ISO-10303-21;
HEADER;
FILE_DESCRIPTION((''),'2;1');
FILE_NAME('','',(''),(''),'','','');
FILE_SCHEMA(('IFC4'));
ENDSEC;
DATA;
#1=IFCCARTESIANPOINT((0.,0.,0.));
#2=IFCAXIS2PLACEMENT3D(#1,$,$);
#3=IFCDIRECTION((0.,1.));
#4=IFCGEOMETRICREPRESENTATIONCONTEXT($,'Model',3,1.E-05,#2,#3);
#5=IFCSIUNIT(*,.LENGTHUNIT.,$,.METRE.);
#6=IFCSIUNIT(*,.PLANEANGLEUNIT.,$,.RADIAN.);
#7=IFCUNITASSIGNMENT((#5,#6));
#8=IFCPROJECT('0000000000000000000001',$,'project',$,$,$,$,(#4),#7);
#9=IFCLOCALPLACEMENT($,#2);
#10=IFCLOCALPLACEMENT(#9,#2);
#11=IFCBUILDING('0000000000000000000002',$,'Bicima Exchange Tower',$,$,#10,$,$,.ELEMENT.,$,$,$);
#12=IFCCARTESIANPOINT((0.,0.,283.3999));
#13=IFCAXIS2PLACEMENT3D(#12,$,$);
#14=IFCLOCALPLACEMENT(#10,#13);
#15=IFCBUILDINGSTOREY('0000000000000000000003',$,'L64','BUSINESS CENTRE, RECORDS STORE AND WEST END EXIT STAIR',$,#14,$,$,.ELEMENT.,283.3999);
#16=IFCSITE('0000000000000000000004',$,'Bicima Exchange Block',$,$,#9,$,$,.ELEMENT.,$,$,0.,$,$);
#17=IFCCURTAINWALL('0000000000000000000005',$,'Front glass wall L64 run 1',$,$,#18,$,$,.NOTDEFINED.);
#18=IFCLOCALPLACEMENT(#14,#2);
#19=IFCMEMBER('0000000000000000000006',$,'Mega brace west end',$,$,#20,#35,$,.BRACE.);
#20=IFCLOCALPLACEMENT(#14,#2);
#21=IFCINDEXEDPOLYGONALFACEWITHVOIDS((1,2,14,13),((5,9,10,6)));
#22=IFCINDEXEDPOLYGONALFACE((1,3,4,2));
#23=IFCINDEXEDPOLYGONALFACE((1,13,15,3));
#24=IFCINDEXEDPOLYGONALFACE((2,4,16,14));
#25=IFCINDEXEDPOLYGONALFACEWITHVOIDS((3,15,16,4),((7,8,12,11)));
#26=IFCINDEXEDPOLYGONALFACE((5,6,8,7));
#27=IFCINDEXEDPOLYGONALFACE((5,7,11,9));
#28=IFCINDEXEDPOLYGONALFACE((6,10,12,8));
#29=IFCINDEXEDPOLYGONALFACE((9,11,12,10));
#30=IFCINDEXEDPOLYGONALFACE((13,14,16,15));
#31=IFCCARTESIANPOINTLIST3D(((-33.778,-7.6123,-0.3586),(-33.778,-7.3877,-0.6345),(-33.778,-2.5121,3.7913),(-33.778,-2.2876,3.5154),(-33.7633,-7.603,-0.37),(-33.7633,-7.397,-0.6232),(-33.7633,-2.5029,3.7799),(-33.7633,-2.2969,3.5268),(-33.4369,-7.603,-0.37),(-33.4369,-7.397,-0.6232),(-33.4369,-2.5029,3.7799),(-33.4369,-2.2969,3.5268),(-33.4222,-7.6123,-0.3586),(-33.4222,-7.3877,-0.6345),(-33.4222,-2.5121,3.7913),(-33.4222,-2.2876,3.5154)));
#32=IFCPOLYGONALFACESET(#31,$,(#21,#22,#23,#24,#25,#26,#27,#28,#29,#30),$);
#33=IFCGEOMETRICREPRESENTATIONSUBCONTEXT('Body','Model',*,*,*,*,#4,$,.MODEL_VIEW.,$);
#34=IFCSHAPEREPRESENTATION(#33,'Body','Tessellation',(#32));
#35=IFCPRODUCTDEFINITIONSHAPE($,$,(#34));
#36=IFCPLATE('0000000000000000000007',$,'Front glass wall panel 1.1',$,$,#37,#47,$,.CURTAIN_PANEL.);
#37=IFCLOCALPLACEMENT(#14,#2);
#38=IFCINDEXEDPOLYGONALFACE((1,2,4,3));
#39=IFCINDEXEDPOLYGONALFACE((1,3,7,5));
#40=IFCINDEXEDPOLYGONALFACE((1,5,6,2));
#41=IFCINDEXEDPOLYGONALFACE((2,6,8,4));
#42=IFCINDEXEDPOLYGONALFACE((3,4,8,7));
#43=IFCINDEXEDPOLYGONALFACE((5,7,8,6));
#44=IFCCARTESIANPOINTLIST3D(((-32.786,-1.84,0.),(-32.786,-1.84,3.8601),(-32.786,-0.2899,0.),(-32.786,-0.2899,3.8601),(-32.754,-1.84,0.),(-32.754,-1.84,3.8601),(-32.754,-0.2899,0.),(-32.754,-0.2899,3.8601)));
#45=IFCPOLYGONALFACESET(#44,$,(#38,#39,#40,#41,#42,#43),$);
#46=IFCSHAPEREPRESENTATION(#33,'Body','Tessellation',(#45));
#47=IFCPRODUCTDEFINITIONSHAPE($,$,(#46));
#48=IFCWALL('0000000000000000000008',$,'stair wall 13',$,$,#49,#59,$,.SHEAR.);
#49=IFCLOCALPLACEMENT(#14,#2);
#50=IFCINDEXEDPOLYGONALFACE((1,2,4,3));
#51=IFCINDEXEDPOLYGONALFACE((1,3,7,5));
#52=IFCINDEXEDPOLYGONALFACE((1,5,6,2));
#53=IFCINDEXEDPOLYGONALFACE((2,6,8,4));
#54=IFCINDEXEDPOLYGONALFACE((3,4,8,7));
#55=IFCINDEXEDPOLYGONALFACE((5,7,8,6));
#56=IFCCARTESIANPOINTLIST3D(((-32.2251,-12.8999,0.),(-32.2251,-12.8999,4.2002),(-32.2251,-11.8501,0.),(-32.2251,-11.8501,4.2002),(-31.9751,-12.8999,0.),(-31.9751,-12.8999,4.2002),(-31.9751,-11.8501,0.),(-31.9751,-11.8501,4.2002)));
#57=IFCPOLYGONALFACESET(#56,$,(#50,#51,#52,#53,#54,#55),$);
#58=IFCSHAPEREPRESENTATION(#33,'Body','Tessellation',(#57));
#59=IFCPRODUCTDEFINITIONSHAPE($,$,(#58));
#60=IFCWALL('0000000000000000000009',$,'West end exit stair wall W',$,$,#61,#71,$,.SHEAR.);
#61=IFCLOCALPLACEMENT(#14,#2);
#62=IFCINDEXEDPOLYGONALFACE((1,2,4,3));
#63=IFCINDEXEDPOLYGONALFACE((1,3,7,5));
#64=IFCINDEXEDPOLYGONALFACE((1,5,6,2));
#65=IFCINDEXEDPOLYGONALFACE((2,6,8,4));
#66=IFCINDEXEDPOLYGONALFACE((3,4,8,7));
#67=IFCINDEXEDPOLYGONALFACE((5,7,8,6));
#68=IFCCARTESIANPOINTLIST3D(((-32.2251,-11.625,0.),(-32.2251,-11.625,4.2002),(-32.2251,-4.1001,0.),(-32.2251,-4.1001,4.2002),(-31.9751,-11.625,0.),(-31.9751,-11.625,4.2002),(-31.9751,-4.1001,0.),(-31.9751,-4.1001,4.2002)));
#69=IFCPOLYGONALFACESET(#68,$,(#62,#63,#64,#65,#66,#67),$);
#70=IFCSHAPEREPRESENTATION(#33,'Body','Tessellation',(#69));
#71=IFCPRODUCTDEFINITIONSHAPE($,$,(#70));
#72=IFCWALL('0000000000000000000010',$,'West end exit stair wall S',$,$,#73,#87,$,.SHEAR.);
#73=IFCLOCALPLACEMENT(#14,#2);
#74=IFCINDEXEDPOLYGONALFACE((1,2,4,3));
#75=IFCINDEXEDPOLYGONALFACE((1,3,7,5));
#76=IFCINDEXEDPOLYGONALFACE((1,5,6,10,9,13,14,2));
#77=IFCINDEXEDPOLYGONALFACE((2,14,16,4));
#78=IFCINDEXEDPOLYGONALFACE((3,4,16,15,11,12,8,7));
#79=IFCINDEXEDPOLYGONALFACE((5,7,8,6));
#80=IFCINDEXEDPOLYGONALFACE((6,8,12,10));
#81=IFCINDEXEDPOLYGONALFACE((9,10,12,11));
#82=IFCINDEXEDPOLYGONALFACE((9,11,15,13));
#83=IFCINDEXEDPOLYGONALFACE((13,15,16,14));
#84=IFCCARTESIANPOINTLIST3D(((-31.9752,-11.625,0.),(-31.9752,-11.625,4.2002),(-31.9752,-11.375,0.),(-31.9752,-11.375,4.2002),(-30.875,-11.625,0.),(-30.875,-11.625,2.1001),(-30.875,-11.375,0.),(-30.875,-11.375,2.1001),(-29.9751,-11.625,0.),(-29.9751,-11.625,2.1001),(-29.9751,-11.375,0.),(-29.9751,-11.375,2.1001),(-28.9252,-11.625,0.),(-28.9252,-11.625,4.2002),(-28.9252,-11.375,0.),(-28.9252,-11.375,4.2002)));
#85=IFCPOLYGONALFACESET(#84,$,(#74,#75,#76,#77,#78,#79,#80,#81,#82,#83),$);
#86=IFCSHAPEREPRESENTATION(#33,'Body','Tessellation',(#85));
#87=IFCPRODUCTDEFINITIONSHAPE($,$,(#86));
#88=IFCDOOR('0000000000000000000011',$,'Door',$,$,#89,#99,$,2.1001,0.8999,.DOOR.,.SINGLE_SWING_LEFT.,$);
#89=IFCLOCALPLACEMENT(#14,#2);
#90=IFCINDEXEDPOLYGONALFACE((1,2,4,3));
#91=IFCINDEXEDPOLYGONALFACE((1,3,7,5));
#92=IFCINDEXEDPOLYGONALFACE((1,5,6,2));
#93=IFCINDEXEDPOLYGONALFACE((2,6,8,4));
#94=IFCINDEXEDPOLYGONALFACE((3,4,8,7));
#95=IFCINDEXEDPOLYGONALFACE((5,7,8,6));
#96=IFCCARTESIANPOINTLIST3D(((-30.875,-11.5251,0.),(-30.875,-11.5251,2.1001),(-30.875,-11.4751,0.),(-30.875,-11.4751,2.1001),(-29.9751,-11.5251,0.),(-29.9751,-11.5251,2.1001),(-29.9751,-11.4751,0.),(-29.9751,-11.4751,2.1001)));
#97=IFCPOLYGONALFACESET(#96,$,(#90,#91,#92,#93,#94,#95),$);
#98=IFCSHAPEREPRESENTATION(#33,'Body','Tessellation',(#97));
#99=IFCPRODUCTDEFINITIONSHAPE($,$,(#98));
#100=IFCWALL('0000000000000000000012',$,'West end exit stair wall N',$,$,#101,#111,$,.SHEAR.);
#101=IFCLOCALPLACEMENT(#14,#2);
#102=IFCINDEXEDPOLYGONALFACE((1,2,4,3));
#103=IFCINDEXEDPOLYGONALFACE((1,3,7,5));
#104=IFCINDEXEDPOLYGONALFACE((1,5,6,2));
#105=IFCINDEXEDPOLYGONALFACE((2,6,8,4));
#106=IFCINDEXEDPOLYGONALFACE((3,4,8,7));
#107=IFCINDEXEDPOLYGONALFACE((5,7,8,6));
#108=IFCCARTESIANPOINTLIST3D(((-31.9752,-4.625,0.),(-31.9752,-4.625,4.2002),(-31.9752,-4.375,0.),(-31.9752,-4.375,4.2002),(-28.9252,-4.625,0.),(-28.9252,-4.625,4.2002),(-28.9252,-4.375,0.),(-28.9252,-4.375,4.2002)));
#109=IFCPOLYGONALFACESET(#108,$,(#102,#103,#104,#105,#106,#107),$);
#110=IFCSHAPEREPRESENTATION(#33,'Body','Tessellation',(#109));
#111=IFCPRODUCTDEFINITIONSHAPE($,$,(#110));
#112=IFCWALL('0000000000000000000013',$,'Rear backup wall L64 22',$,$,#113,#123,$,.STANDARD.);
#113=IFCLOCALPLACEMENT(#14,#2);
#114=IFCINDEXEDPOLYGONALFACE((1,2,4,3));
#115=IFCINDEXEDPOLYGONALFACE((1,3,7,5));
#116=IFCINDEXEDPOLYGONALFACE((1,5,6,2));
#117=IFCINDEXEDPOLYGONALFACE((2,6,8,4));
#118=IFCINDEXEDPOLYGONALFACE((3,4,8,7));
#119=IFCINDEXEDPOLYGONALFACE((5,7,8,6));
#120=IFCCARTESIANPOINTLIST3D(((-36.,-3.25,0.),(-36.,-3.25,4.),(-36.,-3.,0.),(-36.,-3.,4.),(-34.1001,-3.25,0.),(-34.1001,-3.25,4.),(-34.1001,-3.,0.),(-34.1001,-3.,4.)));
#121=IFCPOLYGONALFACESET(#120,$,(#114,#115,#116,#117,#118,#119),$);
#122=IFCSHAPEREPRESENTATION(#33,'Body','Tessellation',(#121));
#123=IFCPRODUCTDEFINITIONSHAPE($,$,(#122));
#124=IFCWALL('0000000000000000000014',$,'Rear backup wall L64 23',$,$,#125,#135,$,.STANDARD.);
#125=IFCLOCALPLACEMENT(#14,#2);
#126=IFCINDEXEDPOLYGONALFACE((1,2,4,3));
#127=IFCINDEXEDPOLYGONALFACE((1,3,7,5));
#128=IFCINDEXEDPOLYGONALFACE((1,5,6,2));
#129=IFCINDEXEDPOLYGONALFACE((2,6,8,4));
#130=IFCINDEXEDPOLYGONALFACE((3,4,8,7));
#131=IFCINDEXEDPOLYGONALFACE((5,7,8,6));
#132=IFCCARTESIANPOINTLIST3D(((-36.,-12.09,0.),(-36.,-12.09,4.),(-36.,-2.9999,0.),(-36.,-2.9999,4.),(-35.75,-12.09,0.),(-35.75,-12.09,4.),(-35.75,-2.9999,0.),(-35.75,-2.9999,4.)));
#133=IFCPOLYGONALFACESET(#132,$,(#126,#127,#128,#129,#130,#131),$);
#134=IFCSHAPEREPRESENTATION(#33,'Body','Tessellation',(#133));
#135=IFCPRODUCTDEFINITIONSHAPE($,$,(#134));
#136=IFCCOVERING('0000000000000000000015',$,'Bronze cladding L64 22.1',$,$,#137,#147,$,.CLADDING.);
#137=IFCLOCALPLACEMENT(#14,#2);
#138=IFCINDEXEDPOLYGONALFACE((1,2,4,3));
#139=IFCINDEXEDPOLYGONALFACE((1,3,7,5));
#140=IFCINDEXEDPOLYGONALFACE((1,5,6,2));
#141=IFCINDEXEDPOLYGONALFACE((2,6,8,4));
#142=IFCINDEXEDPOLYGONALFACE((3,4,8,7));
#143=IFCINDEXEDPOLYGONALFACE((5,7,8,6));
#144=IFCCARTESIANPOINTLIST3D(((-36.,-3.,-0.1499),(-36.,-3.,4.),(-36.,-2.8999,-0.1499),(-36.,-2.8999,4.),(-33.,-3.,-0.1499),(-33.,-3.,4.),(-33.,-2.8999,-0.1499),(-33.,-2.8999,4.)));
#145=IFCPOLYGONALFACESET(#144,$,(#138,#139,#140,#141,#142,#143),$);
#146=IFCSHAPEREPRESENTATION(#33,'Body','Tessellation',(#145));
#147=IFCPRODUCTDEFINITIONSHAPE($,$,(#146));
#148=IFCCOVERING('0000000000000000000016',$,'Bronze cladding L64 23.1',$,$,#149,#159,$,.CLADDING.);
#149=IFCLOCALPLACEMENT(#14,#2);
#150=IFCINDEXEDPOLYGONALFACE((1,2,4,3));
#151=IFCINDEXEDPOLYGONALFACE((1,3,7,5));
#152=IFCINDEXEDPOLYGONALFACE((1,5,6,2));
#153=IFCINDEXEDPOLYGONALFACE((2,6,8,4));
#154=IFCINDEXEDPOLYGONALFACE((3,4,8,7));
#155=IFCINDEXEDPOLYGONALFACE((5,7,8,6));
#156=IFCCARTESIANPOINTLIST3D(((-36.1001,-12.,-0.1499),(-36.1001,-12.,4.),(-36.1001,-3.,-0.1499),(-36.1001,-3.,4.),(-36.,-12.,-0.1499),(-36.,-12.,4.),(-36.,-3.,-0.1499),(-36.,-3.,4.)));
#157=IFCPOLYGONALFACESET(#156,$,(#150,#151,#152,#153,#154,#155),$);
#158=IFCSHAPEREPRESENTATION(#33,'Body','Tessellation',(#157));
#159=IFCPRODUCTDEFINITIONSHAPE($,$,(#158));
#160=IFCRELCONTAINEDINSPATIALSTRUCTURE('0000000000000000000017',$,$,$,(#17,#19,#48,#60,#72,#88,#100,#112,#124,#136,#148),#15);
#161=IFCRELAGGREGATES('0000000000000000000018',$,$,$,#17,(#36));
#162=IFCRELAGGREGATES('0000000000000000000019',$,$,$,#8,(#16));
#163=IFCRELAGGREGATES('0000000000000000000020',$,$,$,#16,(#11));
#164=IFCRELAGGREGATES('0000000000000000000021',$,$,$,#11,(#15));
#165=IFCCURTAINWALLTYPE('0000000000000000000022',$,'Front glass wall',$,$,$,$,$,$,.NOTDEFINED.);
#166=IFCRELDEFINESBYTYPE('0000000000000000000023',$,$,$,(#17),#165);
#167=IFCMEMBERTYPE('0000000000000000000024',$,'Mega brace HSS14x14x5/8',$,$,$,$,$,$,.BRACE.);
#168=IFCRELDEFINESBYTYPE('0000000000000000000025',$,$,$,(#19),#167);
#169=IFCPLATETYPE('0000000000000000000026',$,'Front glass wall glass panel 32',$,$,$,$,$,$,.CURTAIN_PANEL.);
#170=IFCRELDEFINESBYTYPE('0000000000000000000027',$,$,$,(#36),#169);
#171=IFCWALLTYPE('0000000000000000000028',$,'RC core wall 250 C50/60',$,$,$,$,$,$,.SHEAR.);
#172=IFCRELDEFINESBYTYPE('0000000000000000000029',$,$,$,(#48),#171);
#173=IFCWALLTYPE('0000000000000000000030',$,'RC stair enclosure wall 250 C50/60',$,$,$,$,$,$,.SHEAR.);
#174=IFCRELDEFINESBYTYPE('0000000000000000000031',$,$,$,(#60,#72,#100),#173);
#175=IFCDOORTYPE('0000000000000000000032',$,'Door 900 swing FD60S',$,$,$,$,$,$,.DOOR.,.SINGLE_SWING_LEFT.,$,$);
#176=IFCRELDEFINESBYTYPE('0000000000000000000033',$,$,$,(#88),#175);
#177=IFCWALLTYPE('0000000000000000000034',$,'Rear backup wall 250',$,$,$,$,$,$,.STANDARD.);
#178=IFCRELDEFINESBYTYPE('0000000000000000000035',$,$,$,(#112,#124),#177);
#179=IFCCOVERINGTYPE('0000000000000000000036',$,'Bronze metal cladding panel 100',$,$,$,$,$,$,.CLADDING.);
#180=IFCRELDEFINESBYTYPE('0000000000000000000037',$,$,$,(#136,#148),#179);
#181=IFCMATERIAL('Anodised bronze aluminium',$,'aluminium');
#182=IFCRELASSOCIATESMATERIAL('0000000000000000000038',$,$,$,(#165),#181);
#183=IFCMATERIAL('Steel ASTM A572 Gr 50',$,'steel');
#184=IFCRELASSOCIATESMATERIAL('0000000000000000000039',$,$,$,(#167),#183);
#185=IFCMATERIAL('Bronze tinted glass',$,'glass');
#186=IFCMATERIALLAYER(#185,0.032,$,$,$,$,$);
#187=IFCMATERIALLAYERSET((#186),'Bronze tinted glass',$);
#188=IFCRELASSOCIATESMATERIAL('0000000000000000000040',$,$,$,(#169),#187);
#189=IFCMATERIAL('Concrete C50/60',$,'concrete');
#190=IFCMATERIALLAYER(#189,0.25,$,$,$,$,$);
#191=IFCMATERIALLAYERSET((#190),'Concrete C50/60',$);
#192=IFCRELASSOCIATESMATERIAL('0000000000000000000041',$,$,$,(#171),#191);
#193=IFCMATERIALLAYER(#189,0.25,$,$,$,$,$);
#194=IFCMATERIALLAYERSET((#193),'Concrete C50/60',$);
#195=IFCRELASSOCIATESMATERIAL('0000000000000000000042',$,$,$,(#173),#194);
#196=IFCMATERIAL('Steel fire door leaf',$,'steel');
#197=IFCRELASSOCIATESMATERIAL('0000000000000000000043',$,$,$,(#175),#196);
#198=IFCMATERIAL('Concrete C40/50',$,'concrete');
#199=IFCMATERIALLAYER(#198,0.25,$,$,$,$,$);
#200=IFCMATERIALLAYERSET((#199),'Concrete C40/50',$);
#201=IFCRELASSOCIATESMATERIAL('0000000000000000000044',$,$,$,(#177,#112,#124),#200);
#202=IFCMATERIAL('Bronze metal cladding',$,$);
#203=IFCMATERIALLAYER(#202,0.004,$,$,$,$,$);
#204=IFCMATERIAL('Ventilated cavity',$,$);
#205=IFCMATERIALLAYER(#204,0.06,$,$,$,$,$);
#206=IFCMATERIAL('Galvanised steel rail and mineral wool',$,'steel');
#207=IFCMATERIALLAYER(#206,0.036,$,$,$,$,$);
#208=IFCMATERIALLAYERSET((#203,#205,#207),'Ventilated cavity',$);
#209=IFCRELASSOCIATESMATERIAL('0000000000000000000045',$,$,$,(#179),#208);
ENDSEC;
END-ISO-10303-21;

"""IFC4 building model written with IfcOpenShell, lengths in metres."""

from ifc_helpers import new_model, si_unit, direction, frame, frame_2d, origin, origin_2d, place, context, subcontext, project, spatial, rectangle, hollow_rectangle, extrude, material, layer, layer_set, layer_usage, material_profile, profile_set, type_object, element, fill, aggregate, save


model = new_model("IFC4")

# Units and contexts
model_context = context("Model", 3, precision=1e-05, world=origin(), true_north=direction((0.0, 1.0)))
body_context = subcontext(model_context, "Body", "Model", "MODEL_VIEW")
ifc_project = project(units=[si_unit("LENGTHUNIT", "METRE"), si_unit("PLANEANGLEUNIT", "RADIAN")], contexts=[model_context])

# Site, building, storey
site_placement = place(None, origin())
site = spatial("IfcSite", under=ifc_project, at=site_placement, Name="Bicima Exchange Block", CompositionType="ELEMENT", RefElevation=0.0)
building_placement = place(site_placement, origin())
building = spatial("IfcBuilding", under=site, at=building_placement, Name="Bicima Exchange Tower", CompositionType="ELEMENT")
storey_placement = place(building_placement, frame((0.0, 0.0, 283.3999)))
storey = spatial("IfcBuildingStorey", under=building, at=storey_placement, Name="L64", Description="BUSINESS CENTRE, RECORDS STORE AND WEST END EXIT STAIR", CompositionType="ELEMENT", Elevation=283.3999)

# Shared definitions
ifc_material_1 = material(Name="Steel ASTM A572 Gr 50", Category="steel")

# Shared definitions
ifc_material_2 = material(Name="Anodised bronze aluminium", Category="aluminium")

# Curtain wall
curtain_wall_type_1 = type_object("IfcCurtainWallType", Name="Front glass wall", PredefinedType="NOTDEFINED", material=ifc_material_2)
curtain_wall_1_placement = place(storey_placement, origin())
curtain_wall_1 = element("IfcCurtainWall", 1, at=curtain_wall_1_placement, inside=storey, type_object=curtain_wall_type_1, Name="Front glass wall L64 run 1", PredefinedType="NOTDEFINED")

# Member
ifc_material_profile_1 = material_profile(ifc_material_1, hollow_rectangle(XDim=0.3557, YDim=0.3557, WallThickness=0.0146, at=origin_2d()))
ifc_profile_set_1 = profile_set([ifc_material_profile_1], Name="Steel ASTM A572 Gr 50")
member_type_1 = type_object("IfcMemberType", Name="Mega brace HSS14x14x5/8", PredefinedType="BRACE", material=ifc_profile_set_1)
for number, where, z_axis, x_axis, name in (
    (2, (-33.6001, -7.5, -0.4966), (0.0, 0.775662, 0.631149), (-1.0, 0.0, 0.0), "Mega brace west end"),
):
    element("IfcMember", number, at=place(storey_placement, frame(where, z_axis=z_axis, x_axis=x_axis)), inside=storey, type_object=member_type_1, Name=name, PredefinedType="BRACE", context=body_context, shape_type="SweptSolid", body=[
        extrude(hollow_rectangle(XDim=0.3557, YDim=0.3557, WallThickness=0.0146, at=origin_2d()), origin(), (0.0, 0.0, 1.0), 6.5752),
    ])

# Plate
ifc_material_3 = material(Name="Bronze tinted glass", Category="glass")
ifc_layer_1 = layer(ifc_material_3, 0.032)
ifc_layer_set_1 = layer_set([ifc_layer_1], Name="Bronze tinted glass")
plate_type = type_object("IfcPlateType", Name="Front glass wall glass panel 32", PredefinedType="CURTAIN_PANEL", material=ifc_layer_set_1)
plate_placement = place(storey_placement, frame((-32.77, -1.0649, 0.0), z_axis=(0.0, 0.0, 1.0), x_axis=(0.0, -1.0, 0.0)))
plate = element("IfcPlate", 3, at=plate_placement, type_object=plate_type, Name="Front glass wall panel 1.1", PredefinedType="CURTAIN_PANEL", context=body_context, shape_type="SweptSolid", body=[
    extrude(rectangle(XDim=1.55, YDim=0.032, at=origin_2d()), origin(), (0.0, 0.0, 1.0), 3.8601),
])
aggregate(curtain_wall_1, [plate])

# Walls
ifc_material_4 = material(Name="Concrete C50/60", Category="concrete")
ifc_layer_2 = layer(ifc_material_4, 0.25)
ifc_layer_set_2 = layer_set([ifc_layer_2], Name="Concrete C50/60")
wall_type_1 = type_object("IfcWallType", Name="RC core wall 250 C50/60", PredefinedType="SHEAR", material=ifc_layer_set_2)
wall_1_placement = place(storey_placement, frame((-32.1001, -12.8999, 0.0), z_axis=(0.0, 0.0, 1.0), x_axis=(0.0, 1.0, 0.0)))
element("IfcWall", 4, at=wall_1_placement, inside=storey, type_object=wall_type_1, Name="stair wall 13", PredefinedType="SHEAR", context=body_context, shape_type="SweptSolid", body=[
    extrude(rectangle(XDim=1.0498, YDim=0.25, at=frame_2d((0.5249, 0.0))), origin(), (0.0, 0.0, 1.0), 4.2002),
])
ifc_layer_3 = layer(ifc_material_4, 0.25)
ifc_layer_set_3 = layer_set([ifc_layer_3], Name="Concrete C50/60")
wall_type_2 = type_object("IfcWallType", Name="RC stair enclosure wall 250 C50/60", PredefinedType="SHEAR", material=ifc_layer_set_3)
wall_2_placement = place(storey_placement, frame((-32.1001, -11.625, 0.0), z_axis=(0.0, 0.0, 1.0), x_axis=(0.0, 1.0, 0.0)))
element("IfcWall", 5, at=wall_2_placement, inside=storey, type_object=wall_type_2, Name="West end exit stair wall W", PredefinedType="SHEAR", context=body_context, shape_type="SweptSolid", body=[
    extrude(rectangle(XDim=7.5249, YDim=0.25, at=frame_2d((3.7625, 0.0))), origin(), (0.0, 0.0, 1.0), 4.2002),
])

# Wall, opening, door
wall_3_placement = place(storey_placement, frame((-31.9751, -11.5, 0.0), z_axis=(0.0, 0.0, 1.0), x_axis=(1.0, 0.0, 0.0)))
wall_3 = element("IfcWall", 6, at=wall_3_placement, inside=storey, type_object=wall_type_2, Name="West end exit stair wall S", PredefinedType="SHEAR", context=body_context, shape_type="SweptSolid", body=[
    extrude(rectangle(XDim=3.05, YDim=0.25, at=frame_2d((1.5249, 0.0))), origin(), (0.0, 0.0, 1.0), 4.2002),
])
opening_placement = place(wall_3_placement, frame((1.1001, 0.0, 0.0)))
opening = element("IfcOpeningElement", 7, at=opening_placement, cuts=wall_3, PredefinedType="OPENING", context=body_context, shape_type="SweptSolid", body=[
    extrude(rectangle(XDim=0.8999, YDim=2.1001, at=frame_2d((0.45, 1.05))), frame((0.0, 0.137, 0.0), z_axis=(0.0, -1.0, 0.0), x_axis=(1.0, 0.0, 0.0)), (0.0, 0.0, 1.0), 0.2739),
])
ifc_material_5 = material(Name="Steel fire door leaf", Category="steel")
door_type = type_object("IfcDoorType", Name="Door 900 swing FD60S", OperationType="SINGLE_SWING_LEFT", PredefinedType="DOOR", material=ifc_material_5)
door_placement = place(opening_placement, origin())
door = element("IfcDoor", 8, at=door_placement, inside=storey, type_object=door_type, Name="Door", OperationType="SINGLE_SWING_LEFT", OverallHeight=2.1001, OverallWidth=0.8999, PredefinedType="DOOR", context=body_context, shape_type="SweptSolid", body=[
    extrude(rectangle(XDim=0.8999, YDim=2.1001, at=frame_2d((0.45, 1.05))), frame((0.0, 0.0249, 0.0), z_axis=(0.0, -1.0, 0.0), x_axis=(1.0, 0.0, 0.0)), (0.0, 0.0, 1.0), 0.05),
])
fill(opening, door)

# Walls
wall_4_placement = place(storey_placement, frame((-31.9751, -4.5, 0.0), z_axis=(0.0, 0.0, 1.0), x_axis=(1.0, 0.0, 0.0)))
element("IfcWall", 9, at=wall_4_placement, inside=storey, type_object=wall_type_2, Name="West end exit stair wall N", PredefinedType="SHEAR", context=body_context, shape_type="SweptSolid", body=[
    extrude(rectangle(XDim=3.05, YDim=0.25, at=frame_2d((1.5249, 0.0))), origin(), (0.0, 0.0, 1.0), 4.2002),
])
ifc_material_6 = material(Name="Concrete C40/50", Category="concrete")
ifc_layer_4 = layer(ifc_material_6, 0.25)
ifc_layer_set_4 = layer_set([ifc_layer_4], Name="Concrete C40/50")
ifc_layer_usage = layer_usage(ifc_layer_set_4, "AXIS2", "POSITIVE", -0.125)
wall_type_3 = type_object("IfcWallType", Name="Rear backup wall 250", PredefinedType="STANDARD", material=ifc_layer_set_4)
wall_5_placement = place(storey_placement, frame((-34.1001, -3.125, 0.0), z_axis=(0.0, 0.0, 1.0), x_axis=(-1.0, 0.0, 0.0)))
element("IfcWall", 10, at=wall_5_placement, inside=storey, type_object=wall_type_3, material=ifc_layer_usage, Name="Rear backup wall L64 22", PredefinedType="STANDARD", context=body_context, shape_type="SweptSolid", body=[
    extrude(rectangle(XDim=1.8999, YDim=0.25, at=frame_2d((0.95, 0.0))), origin(), (0.0, 0.0, 1.0), 4.0),
])
wall_6_placement = place(storey_placement, frame((-35.875, -3.0, 0.0), z_axis=(0.0, 0.0, 1.0), x_axis=(0.0, -1.0, 0.0)))
element("IfcWall", 11, at=wall_6_placement, inside=storey, type_object=wall_type_3, material=ifc_layer_usage, Name="Rear backup wall L64 23", PredefinedType="STANDARD", context=body_context, shape_type="SweptSolid", body=[
    extrude(rectangle(XDim=9.0901, YDim=0.25, at=frame_2d((4.5449, 0.0))), origin(), (0.0, 0.0, 1.0), 4.0),
])

# Coverings
ifc_material_7 = material(Name="Bronze metal cladding")
ifc_layer_5 = layer(ifc_material_7, 0.004)
ifc_material_8 = material(Name="Ventilated cavity")
ifc_layer_6 = layer(ifc_material_8, 0.06)
ifc_material_9 = material(Name="Galvanised steel rail and mineral wool", Category="steel")
ifc_layer_7 = layer(ifc_material_9, 0.036)
ifc_layer_set_5 = layer_set([ifc_layer_5, ifc_layer_6, ifc_layer_7], Name="Ventilated cavity")
covering_type = type_object("IfcCoveringType", Name="Bronze metal cladding panel 100", PredefinedType="CLADDING", material=ifc_layer_set_5)
covering_1_placement = place(storey_placement, frame((-34.5, -2.95, -0.1499), z_axis=(0.0, 0.0, 1.0), x_axis=(-1.0, 0.0, 0.0)))
element("IfcCovering", 12, at=covering_1_placement, inside=storey, type_object=covering_type, Name="Bronze cladding L64 22.1", PredefinedType="CLADDING", context=body_context, shape_type="SweptSolid", body=[
    extrude(rectangle(XDim=3.0, YDim=0.1001, at=origin_2d()), origin(), (0.0, 0.0, 1.0), 4.1499),
])
covering_2_placement = place(storey_placement, frame((-36.05, -7.5, -0.1499), z_axis=(0.0, 0.0, 1.0), x_axis=(0.0, -1.0, 0.0)))
element("IfcCovering", 13, at=covering_2_placement, inside=storey, type_object=covering_type, Name="Bronze cladding L64 23.1", PredefinedType="CLADDING", context=body_context, shape_type="SweptSolid", body=[
    extrude(rectangle(XDim=9.0, YDim=0.1001, at=origin_2d()), origin(), (0.0, 0.0, 1.0), 4.1499),
])

save(model, "model.ifc")
